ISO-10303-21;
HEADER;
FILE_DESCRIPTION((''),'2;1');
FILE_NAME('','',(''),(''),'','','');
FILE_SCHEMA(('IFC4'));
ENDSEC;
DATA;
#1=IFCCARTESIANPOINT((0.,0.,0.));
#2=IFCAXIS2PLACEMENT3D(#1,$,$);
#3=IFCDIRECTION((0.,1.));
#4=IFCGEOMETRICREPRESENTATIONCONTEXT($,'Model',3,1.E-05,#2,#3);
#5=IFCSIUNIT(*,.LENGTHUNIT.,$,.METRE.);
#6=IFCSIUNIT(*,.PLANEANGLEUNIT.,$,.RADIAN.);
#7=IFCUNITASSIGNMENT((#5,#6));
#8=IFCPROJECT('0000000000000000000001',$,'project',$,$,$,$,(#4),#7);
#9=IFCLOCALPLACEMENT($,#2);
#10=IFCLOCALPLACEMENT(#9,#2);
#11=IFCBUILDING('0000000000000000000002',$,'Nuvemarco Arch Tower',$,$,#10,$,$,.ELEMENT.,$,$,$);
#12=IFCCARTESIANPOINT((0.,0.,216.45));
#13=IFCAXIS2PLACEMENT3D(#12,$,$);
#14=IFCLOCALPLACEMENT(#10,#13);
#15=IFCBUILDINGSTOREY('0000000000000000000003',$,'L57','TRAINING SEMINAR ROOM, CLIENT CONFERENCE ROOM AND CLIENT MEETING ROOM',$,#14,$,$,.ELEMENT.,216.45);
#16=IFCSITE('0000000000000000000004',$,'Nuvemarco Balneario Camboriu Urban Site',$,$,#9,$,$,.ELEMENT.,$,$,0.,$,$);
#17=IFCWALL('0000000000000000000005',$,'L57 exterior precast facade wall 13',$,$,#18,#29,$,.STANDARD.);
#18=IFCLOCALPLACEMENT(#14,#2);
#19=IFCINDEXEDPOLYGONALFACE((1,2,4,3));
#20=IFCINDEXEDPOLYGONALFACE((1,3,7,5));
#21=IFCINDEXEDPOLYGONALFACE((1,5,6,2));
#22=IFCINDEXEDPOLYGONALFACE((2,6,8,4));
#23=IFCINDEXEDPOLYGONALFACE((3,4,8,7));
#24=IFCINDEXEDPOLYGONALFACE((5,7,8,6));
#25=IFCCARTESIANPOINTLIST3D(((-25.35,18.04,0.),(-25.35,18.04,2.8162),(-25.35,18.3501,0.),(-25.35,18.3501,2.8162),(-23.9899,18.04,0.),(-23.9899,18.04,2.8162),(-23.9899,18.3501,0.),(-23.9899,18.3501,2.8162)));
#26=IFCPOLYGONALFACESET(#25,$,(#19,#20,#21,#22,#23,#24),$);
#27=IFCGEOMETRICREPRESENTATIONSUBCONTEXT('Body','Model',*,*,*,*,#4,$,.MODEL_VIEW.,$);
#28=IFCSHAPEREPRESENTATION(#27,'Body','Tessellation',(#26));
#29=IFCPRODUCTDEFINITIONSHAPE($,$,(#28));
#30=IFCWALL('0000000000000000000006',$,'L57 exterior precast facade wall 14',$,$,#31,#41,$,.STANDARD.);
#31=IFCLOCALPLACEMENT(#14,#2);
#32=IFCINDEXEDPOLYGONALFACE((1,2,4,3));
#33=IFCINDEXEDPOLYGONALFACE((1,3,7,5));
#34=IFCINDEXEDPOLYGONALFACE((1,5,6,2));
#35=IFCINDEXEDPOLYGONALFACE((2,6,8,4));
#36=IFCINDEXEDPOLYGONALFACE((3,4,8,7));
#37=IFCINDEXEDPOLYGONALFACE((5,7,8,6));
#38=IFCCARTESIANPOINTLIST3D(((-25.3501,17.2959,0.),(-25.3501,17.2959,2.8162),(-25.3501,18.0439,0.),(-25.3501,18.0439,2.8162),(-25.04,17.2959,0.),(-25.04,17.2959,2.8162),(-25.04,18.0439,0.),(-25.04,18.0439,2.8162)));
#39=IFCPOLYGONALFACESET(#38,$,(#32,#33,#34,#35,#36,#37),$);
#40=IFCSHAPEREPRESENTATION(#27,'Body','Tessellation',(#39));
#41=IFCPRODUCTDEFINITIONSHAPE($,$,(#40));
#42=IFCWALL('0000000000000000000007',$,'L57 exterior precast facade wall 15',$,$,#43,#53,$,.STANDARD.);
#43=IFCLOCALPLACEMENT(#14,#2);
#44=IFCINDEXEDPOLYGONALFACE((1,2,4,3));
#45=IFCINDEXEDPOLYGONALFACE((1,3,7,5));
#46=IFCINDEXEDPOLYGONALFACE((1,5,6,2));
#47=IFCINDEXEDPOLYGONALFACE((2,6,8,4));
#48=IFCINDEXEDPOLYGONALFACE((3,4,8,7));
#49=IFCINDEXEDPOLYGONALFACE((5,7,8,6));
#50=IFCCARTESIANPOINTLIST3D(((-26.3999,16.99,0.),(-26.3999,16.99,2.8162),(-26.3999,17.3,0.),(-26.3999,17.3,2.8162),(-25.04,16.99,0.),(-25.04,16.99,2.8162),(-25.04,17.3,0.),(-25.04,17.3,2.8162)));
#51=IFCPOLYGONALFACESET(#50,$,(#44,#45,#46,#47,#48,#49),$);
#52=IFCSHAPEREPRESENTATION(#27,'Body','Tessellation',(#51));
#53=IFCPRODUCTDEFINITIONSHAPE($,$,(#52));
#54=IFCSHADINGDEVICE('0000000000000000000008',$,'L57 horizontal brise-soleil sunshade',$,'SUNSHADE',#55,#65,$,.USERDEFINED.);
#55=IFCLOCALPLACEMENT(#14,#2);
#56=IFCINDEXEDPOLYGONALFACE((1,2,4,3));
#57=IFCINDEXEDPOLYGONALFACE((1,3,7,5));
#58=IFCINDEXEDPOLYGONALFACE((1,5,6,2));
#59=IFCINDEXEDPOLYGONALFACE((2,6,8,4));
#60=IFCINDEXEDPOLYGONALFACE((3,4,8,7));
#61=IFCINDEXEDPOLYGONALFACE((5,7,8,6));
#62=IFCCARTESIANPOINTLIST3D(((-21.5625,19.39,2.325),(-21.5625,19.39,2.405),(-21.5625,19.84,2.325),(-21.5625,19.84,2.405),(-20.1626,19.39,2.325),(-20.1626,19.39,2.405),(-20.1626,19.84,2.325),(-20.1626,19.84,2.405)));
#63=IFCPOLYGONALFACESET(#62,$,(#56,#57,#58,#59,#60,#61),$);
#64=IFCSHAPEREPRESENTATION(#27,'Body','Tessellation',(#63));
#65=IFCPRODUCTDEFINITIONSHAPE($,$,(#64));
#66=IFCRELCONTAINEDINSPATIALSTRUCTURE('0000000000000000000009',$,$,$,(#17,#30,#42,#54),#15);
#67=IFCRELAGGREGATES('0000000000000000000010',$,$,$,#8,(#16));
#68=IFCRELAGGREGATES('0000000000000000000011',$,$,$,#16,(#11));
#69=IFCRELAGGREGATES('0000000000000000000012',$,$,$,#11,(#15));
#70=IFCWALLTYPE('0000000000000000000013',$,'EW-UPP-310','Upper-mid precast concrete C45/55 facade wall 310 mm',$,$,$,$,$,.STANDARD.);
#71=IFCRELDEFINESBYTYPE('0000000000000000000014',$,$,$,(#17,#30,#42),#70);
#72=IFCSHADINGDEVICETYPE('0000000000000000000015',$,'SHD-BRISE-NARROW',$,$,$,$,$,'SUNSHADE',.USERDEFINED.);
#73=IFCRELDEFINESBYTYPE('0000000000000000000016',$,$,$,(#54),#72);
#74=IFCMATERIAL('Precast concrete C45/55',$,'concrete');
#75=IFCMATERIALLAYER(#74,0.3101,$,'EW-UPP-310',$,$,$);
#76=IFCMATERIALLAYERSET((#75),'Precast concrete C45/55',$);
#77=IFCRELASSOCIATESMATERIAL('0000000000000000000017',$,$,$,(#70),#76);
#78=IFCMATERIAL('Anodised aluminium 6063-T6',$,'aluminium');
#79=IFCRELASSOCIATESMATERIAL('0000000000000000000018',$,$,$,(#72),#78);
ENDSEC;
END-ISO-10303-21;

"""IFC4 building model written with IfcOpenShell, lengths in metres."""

from ifc_helpers import new_model, si_unit, direction, frame, frame_2d, origin, origin_2d, place, context, subcontext, project, spatial, rectangle, extrude, source, transform, mapped, material, layer, layer_set, type_object, type_shapes, element, save


model = new_model("IFC4")

# Units and contexts
model_context = context("Model", 3, precision=1e-05, world=origin(), true_north=direction((0.0, 1.0)))
body_context = subcontext(model_context, "Body", "Model", "MODEL_VIEW")
ifc_project = project(units=[si_unit("LENGTHUNIT", "METRE"), si_unit("PLANEANGLEUNIT", "RADIAN")], contexts=[model_context])

# Site, building, storey
site_placement = place(None, origin())
site = spatial("IfcSite", under=ifc_project, at=site_placement, Name="Nuvemarco Balneario Camboriu Urban Site", CompositionType="ELEMENT", RefElevation=0.0)
building_placement = place(site_placement, origin())
building = spatial("IfcBuilding", under=site, at=building_placement, Name="Nuvemarco Arch Tower", CompositionType="ELEMENT")
storey_placement = place(building_placement, frame((0.0, 0.0, 216.45)))
storey = spatial("IfcBuildingStorey", under=building, at=storey_placement, Name="L57", Description="TRAINING SEMINAR ROOM, CLIENT CONFERENCE ROOM AND CLIENT MEETING ROOM", CompositionType="ELEMENT", Elevation=216.45)

# Shared definitions
ifc_material_1 = material(Name="Precast concrete C45/55", Category="concrete")
ifc_layer = layer(ifc_material_1, 0.3101, Name="EW-UPP-310")
ifc_layer_set = layer_set([ifc_layer], Name="Precast concrete C45/55")
wall_type = type_object("IfcWallType", Name="EW-UPP-310", Description="Upper-mid precast concrete C45/55 facade wall 310 mm", PredefinedType="STANDARD", material=ifc_layer_set)

# Walls
wall_1_placement = place(storey_placement, frame((-25.3501, 18.1951, 0.0), z_axis=(0.0, 0.0, 1.0), x_axis=(1.0, 0.0, 0.0)))
element("IfcWall", 1, at=wall_1_placement, inside=storey, type_object=wall_type, Name="L57 exterior precast facade wall 13", PredefinedType="STANDARD", context=body_context, shape_type="SweptSolid", body=[
    extrude(rectangle(XDim=1.3601, YDim=0.3101, at=frame_2d((0.6802, 0.0))), origin(), (0.0, 0.0, 1.0), 2.8162),
])
wall_2_placement = place(storey_placement, frame((-25.1951, 17.2959, 0.0), z_axis=(0.0, 0.0, 1.0), x_axis=(0.0, 1.0, 0.0)))
element("IfcWall", 2, at=wall_2_placement, inside=storey, type_object=wall_type, Name="L57 exterior precast facade wall 14", PredefinedType="STANDARD", context=body_context, shape_type="SweptSolid", body=[
    extrude(rectangle(XDim=0.748, YDim=0.3101, at=frame_2d((0.374, 0.0))), origin(), (0.0, 0.0, 1.0), 2.8162),
])
wall_3_placement = place(storey_placement, frame((-26.3999, 17.145, 0.0), z_axis=(0.0, 0.0, 1.0), x_axis=(1.0, 0.0, 0.0)))
element("IfcWall", 3, at=wall_3_placement, inside=storey, type_object=wall_type, Name="L57 exterior precast facade wall 15", PredefinedType="STANDARD", context=body_context, shape_type="SweptSolid", body=[
    extrude(rectangle(XDim=1.3599, YDim=0.3101, at=frame_2d((0.6799, 0.0))), origin(), (0.0, 0.0, 1.0), 2.8162),
])

# Shading device
ifc_material_2 = material(Name="Anodised aluminium 6063-T6", Category="aluminium")
shading_device_type = type_object("IfcShadingDeviceType", Name="SHD-BRISE-NARROW", ElementType="SUNSHADE", PredefinedType="USERDEFINED", material=ifc_material_2)
shared_shape_1 = source(origin(), body_context, "Body", "SweptSolid", [
    extrude(rectangle(XDim=1.3999, YDim=0.45, at=origin_2d()), origin(), (0.0, 0.0, 1.0), 0.0801),
])
type_shapes(shading_device_type, [shared_shape_1])
shading_device_placement = place(storey_placement, frame((-20.8625, 19.615, 2.325), z_axis=(0.0, 0.0, 1.0), x_axis=(1.0, 0.0, 0.0)))
element("IfcShadingDevice", 4, at=shading_device_placement, inside=storey, type_object=shading_device_type, Name="L57 horizontal brise-soleil sunshade", ObjectType="SUNSHADE", PredefinedType="USERDEFINED", context=body_context, shape_type="MappedRepresentation", body=[
    mapped(shared_shape_1, transform((0.0, 0.0, 0.0), scale=1.0)),
])

save(model, "model.ifc")
